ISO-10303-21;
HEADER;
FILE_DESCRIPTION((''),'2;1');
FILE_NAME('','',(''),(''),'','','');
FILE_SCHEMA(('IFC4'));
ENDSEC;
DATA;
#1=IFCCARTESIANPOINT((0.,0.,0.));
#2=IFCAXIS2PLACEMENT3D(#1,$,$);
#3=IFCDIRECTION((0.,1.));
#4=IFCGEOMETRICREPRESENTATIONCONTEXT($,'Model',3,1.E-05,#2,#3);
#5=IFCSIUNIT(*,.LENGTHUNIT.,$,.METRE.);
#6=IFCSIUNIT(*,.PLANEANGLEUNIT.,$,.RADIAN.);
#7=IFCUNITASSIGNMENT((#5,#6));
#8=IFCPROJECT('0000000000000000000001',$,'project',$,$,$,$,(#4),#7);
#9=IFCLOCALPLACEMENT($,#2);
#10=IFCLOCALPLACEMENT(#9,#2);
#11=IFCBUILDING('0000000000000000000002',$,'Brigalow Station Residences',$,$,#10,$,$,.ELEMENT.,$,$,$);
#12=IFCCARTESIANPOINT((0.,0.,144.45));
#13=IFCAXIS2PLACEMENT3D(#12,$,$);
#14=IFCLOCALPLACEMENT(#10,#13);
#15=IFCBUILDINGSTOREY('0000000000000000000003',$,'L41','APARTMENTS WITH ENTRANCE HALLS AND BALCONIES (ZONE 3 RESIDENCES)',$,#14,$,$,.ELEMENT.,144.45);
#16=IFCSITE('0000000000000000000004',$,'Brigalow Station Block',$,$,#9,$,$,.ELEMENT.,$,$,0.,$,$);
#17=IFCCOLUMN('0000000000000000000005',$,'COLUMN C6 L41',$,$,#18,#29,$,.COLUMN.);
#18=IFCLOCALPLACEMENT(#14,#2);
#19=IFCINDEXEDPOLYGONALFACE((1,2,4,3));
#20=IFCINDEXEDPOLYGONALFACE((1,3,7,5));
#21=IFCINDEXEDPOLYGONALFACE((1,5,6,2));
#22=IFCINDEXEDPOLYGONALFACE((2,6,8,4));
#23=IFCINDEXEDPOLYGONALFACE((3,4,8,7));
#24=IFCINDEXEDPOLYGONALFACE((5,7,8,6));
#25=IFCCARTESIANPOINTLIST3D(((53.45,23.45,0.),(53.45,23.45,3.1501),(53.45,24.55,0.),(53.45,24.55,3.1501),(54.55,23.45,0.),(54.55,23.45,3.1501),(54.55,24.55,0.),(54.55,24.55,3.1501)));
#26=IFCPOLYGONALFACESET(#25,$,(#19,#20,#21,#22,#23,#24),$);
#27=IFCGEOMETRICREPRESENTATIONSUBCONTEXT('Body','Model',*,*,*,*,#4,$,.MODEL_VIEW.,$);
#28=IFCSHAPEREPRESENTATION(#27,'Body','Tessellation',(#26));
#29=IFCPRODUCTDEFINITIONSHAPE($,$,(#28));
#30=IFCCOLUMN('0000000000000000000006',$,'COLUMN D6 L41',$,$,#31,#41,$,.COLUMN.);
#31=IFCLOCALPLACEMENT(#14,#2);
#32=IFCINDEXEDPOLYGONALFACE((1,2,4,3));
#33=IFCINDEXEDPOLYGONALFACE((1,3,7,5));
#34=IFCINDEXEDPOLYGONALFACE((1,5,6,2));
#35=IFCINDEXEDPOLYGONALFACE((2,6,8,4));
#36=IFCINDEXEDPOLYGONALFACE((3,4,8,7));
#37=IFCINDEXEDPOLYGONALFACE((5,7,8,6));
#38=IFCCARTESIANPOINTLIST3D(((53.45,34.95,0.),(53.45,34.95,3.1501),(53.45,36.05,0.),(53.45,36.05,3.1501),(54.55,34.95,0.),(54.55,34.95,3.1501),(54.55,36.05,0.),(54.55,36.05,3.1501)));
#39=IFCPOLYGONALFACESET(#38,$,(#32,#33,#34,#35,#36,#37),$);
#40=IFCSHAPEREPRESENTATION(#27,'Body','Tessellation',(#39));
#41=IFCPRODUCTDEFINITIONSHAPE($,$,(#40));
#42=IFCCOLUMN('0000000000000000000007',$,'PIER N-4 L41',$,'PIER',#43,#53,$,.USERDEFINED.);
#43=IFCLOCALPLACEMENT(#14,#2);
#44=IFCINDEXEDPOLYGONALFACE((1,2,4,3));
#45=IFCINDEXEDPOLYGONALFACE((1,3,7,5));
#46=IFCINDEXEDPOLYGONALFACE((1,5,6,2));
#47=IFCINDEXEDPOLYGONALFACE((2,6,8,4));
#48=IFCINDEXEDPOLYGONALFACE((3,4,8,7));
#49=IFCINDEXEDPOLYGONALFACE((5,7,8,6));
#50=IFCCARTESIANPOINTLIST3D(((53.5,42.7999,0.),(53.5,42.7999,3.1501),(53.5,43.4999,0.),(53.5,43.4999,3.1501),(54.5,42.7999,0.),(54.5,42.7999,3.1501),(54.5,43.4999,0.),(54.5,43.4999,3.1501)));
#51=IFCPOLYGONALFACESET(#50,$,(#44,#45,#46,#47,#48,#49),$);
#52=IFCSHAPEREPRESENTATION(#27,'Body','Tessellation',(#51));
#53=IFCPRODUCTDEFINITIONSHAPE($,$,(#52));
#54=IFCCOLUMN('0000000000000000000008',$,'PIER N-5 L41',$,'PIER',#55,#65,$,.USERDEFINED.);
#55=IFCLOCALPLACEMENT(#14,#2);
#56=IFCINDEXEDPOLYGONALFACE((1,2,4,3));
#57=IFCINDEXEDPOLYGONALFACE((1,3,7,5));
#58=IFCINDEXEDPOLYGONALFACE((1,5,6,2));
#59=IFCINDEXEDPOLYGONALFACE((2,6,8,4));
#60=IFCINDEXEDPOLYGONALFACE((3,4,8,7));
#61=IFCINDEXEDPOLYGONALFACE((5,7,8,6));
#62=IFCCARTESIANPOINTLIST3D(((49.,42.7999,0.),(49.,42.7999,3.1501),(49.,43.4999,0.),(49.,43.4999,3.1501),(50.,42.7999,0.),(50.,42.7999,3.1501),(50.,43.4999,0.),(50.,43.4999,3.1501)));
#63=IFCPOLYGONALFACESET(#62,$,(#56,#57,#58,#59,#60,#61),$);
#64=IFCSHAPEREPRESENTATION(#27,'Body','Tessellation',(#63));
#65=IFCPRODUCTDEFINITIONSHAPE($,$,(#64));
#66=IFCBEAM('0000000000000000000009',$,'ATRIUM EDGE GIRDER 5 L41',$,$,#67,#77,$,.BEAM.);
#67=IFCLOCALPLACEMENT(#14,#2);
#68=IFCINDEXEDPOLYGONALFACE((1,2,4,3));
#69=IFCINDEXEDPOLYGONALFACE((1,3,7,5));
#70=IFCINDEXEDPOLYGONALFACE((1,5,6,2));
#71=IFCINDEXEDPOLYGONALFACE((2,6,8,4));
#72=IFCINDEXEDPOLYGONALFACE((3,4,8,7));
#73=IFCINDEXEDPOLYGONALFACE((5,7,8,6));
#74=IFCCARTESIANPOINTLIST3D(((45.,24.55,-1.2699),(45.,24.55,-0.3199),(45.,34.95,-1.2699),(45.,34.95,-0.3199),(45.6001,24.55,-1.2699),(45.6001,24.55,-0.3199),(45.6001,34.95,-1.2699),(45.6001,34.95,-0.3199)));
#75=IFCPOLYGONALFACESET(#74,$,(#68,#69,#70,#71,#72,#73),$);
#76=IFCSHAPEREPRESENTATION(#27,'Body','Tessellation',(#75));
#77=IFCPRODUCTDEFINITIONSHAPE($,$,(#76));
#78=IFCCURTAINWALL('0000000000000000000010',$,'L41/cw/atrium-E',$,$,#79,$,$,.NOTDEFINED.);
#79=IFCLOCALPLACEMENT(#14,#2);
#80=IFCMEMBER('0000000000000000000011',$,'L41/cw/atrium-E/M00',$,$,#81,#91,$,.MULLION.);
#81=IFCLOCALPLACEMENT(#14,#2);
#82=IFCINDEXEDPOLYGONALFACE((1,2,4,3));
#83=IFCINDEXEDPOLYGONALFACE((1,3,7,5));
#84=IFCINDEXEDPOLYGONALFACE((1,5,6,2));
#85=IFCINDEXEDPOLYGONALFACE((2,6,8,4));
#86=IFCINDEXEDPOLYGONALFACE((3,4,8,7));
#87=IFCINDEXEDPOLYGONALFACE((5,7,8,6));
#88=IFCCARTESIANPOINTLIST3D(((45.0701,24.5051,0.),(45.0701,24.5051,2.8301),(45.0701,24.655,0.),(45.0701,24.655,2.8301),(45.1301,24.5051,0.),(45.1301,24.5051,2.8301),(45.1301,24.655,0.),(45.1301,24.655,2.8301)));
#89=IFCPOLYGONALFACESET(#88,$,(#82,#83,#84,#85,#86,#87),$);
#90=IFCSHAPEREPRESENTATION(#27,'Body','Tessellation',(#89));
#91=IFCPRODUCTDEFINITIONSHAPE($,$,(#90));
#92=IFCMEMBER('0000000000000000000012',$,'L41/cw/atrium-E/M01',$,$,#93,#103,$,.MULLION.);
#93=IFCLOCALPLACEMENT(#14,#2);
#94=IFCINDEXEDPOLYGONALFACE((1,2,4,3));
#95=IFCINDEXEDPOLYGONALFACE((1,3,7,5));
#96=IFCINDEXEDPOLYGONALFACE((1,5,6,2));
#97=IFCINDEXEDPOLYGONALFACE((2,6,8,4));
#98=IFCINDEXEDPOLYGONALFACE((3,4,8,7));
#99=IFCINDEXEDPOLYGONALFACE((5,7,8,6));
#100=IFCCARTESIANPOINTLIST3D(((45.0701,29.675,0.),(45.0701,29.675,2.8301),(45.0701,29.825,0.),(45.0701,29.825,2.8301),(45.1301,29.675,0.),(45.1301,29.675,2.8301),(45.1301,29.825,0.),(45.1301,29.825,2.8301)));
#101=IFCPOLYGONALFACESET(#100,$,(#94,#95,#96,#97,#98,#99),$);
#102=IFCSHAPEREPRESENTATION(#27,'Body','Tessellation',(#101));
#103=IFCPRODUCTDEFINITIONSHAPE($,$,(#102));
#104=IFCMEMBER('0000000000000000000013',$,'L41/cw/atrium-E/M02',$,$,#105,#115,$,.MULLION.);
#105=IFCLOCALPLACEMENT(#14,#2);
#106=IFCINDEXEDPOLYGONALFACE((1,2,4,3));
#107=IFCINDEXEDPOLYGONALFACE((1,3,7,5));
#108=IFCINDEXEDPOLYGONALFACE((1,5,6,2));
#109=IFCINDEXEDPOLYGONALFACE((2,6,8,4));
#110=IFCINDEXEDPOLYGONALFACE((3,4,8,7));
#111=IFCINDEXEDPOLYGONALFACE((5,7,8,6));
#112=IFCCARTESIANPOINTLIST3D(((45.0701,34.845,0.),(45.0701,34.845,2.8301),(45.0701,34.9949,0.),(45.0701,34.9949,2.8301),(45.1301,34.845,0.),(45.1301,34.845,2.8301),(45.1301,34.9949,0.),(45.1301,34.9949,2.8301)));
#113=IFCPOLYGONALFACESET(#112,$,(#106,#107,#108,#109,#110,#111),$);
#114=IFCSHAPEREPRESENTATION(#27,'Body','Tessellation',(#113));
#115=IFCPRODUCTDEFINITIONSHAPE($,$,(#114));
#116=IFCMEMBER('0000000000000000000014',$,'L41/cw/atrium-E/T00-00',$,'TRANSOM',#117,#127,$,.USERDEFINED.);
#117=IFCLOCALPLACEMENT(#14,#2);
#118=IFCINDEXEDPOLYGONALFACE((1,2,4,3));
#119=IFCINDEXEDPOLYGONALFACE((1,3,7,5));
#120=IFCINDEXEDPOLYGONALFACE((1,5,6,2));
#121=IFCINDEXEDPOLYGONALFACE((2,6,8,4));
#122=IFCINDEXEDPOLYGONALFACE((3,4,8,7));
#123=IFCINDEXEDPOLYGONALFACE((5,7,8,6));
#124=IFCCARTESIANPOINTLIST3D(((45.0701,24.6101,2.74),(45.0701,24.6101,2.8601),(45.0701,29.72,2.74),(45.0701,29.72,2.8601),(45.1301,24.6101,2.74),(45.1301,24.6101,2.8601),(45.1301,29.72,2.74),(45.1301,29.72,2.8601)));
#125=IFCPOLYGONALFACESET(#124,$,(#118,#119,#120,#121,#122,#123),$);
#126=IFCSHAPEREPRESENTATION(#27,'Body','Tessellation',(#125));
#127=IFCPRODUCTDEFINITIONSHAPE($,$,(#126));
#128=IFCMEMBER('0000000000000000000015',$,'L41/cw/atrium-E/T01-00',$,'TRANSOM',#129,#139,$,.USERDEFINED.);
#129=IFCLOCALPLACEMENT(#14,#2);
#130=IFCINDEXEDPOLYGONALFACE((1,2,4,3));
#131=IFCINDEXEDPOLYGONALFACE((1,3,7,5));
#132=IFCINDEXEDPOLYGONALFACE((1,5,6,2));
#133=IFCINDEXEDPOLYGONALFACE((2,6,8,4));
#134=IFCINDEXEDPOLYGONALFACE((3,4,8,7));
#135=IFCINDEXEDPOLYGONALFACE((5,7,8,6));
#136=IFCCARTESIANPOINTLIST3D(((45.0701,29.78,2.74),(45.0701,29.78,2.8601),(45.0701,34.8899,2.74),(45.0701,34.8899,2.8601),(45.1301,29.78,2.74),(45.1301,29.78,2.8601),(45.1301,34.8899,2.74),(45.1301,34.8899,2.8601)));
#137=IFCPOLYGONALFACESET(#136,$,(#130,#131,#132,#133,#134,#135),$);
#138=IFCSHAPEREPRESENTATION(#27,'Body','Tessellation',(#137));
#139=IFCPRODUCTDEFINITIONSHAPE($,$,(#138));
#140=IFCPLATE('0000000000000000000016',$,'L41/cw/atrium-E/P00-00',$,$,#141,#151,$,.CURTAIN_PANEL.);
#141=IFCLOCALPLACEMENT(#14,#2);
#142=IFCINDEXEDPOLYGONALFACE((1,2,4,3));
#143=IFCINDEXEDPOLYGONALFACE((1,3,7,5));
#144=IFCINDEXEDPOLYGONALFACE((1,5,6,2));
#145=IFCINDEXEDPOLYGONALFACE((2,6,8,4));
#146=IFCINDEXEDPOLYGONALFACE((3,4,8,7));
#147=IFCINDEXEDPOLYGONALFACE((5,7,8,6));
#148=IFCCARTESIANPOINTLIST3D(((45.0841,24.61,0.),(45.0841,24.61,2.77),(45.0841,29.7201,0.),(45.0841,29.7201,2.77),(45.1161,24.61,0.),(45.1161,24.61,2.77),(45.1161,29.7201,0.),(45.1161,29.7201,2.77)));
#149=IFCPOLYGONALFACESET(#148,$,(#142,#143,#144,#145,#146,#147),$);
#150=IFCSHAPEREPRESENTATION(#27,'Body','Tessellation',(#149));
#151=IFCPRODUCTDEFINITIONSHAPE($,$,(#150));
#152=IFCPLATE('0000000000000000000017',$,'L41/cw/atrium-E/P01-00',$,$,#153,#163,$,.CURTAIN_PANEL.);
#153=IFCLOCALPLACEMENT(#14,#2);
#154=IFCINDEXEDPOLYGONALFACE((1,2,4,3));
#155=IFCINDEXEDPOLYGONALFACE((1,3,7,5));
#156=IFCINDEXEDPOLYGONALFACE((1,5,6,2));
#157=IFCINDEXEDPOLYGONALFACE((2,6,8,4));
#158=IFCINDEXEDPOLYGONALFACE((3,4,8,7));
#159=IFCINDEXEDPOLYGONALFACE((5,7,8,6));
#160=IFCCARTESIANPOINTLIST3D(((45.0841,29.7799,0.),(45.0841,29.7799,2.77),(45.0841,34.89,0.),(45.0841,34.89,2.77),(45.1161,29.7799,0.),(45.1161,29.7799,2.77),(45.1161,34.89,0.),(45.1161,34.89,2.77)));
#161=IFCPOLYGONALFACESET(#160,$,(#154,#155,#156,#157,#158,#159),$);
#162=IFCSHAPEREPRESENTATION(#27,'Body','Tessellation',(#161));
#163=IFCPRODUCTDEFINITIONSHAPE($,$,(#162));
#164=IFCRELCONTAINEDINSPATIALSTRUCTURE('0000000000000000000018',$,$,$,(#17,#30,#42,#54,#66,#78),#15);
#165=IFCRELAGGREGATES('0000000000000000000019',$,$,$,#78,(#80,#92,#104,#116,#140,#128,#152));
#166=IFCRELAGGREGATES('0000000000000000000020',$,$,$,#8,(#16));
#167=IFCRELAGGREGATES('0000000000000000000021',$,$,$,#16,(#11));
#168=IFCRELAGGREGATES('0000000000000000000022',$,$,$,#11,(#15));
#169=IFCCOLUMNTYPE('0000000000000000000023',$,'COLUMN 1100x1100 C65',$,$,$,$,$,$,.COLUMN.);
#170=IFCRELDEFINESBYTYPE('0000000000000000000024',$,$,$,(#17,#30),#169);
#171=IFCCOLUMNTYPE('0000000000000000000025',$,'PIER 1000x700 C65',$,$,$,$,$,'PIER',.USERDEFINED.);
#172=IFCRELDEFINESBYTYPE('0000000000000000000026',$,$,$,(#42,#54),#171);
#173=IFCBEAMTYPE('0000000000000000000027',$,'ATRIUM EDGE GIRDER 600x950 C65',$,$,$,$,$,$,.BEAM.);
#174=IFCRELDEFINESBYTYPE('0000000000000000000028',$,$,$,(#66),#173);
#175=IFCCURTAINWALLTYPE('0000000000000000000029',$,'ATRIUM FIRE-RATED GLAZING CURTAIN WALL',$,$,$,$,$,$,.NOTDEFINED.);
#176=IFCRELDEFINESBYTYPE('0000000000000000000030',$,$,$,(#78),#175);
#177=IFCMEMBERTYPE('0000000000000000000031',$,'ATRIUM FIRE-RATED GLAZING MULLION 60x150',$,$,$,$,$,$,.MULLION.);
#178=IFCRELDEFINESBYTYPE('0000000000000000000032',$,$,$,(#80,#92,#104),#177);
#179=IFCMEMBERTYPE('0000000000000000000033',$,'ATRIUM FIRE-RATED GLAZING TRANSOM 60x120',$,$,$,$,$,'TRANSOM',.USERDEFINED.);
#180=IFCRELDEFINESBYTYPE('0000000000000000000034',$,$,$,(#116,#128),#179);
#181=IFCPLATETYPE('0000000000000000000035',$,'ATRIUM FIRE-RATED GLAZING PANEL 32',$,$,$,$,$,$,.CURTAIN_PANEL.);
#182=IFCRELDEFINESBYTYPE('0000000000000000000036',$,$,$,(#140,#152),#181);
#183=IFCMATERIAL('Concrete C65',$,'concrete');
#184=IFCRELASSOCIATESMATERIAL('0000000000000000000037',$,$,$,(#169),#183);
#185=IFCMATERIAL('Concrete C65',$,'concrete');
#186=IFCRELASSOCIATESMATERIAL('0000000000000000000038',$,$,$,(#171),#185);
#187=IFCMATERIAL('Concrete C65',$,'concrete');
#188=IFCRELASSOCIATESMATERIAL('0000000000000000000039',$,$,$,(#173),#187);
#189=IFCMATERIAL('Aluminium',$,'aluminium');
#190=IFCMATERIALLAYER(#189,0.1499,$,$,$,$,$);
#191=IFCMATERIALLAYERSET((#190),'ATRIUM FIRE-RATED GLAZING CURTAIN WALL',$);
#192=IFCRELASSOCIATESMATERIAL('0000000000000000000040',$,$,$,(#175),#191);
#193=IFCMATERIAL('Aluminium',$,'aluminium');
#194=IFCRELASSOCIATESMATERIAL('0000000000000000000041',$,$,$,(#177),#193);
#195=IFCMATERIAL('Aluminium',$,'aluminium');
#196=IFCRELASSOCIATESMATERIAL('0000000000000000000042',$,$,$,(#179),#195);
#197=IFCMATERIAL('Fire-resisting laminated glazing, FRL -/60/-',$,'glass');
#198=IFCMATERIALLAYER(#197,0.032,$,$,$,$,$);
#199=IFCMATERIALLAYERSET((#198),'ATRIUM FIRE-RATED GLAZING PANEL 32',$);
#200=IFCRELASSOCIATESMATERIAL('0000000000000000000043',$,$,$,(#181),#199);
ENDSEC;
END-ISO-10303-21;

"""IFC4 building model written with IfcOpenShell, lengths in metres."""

from ifc_helpers import new_model, si_unit, direction, frame, origin, origin_2d, place, context, subcontext, project, spatial, rectangle, extrude, material, layer, layer_set, material_profile, profile_set, type_object, element, aggregate, save


model = new_model("IFC4")

# Units and contexts
model_context = context("Model", 3, precision=1e-05, world=origin(), true_north=direction((0.0, 1.0)))
body_context = subcontext(model_context, "Body", "Model", "MODEL_VIEW")
ifc_project = project(units=[si_unit("LENGTHUNIT", "METRE"), si_unit("PLANEANGLEUNIT", "RADIAN")], contexts=[model_context])

# Site, building, storey
site_placement = place(None, origin())
site = spatial("IfcSite", under=ifc_project, at=site_placement, Name="Brigalow Station Block", CompositionType="ELEMENT", RefElevation=0.0)
building_placement = place(site_placement, origin())
building = spatial("IfcBuilding", under=site, at=building_placement, Name="Brigalow Station Residences", CompositionType="ELEMENT")
storey_placement = place(building_placement, frame((0.0, 0.0, 144.45)))
storey = spatial("IfcBuildingStorey", under=building, at=storey_placement, Name="L41", Description="APARTMENTS WITH ENTRANCE HALLS AND BALCONIES (ZONE 3 RESIDENCES)", CompositionType="ELEMENT", Elevation=144.45)

# Columns
ifc_material_1 = material(Name="Concrete C65", Category="concrete")
ifc_material_profile_1 = material_profile(ifc_material_1, rectangle(XDim=1.1001, YDim=1.1001, at=origin_2d()), Name="RC1100x1100")
ifc_profile_set_1 = profile_set([ifc_material_profile_1], Name="Concrete C65")
column_type_1 = type_object("IfcColumnType", Name="COLUMN 1100x1100 C65", PredefinedType="COLUMN", material=ifc_profile_set_1)
for number, where, z_axis, x_axis, name in (
    (1, (54.0, 24.0, 0.0), (0.0, 0.0, 1.0), (1.0, 0.0, 0.0), "COLUMN C6 L41"),
    (2, (54.0, 35.5, 0.0), (0.0, 0.0, 1.0), (1.0, 0.0, 0.0), "COLUMN D6 L41"),
):
    element("IfcColumn", number, at=place(storey_placement, frame(where, z_axis=z_axis, x_axis=x_axis)), inside=storey, type_object=column_type_1, Name=name, PredefinedType="COLUMN", context=body_context, shape_type="SweptSolid", body=[
        extrude(rectangle(XDim=1.1001, YDim=1.1001, at=origin_2d()), origin(), (0.0, 0.0, 1.0), 3.1501),
    ])
ifc_material_2 = material(Name="Concrete C65", Category="concrete")
ifc_material_profile_2 = material_profile(ifc_material_2, rectangle(XDim=1.0, YDim=0.7, at=origin_2d()), Name="RC1000x700")
ifc_profile_set_2 = profile_set([ifc_material_profile_2], Name="Concrete C65")
column_type_2 = type_object("IfcColumnType", Name="PIER 1000x700 C65", ElementType="PIER", PredefinedType="USERDEFINED", material=ifc_profile_set_2)
for number, where, z_axis, x_axis, name in (
    (3, (54.0, 43.1499, 0.0), (0.0, 0.0, 1.0), (-1.0, 0.0, 0.0), "PIER N-4 L41"),
    (4, (49.5, 43.1499, 0.0), (0.0, 0.0, 1.0), (-1.0, 0.0, 0.0), "PIER N-5 L41"),
):
    element("IfcColumn", number, at=place(storey_placement, frame(where, z_axis=z_axis, x_axis=x_axis)), inside=storey, type_object=column_type_2, Name=name, ObjectType="PIER", PredefinedType="USERDEFINED", context=body_context, shape_type="SweptSolid", body=[
        extrude(rectangle(XDim=1.0, YDim=0.7, at=origin_2d()), origin(), (0.0, 0.0, 1.0), 3.1501),
    ])

# Beam
ifc_material_3 = material(Name="Concrete C65", Category="concrete")
ifc_material_profile_3 = material_profile(ifc_material_3, rectangle(XDim=0.6001, YDim=0.95, at=origin_2d()), Name="RC600x950")
ifc_profile_set_3 = profile_set([ifc_material_profile_3], Name="Concrete C65")
beam_type = type_object("IfcBeamType", Name="ATRIUM EDGE GIRDER 600x950 C65", PredefinedType="BEAM", material=ifc_profile_set_3)
beam_placement = place(storey_placement, frame((45.3, 24.55, -0.7949), z_axis=(0.0, 1.0, 0.0), x_axis=(-1.0, 0.0, 0.0)))
element("IfcBeam", 5, at=beam_placement, inside=storey, type_object=beam_type, Name="ATRIUM EDGE GIRDER 5 L41", PredefinedType="BEAM", context=body_context, shape_type="SweptSolid", body=[
    extrude(rectangle(XDim=0.6001, YDim=0.95, at=origin_2d()), origin(), (0.0, 0.0, 1.0), 10.3999),
])

# Curtain wall, members, plates
ifc_material_4 = material(Name="Aluminium", Category="aluminium")
ifc_layer_1 = layer(ifc_material_4, 0.1499)
ifc_layer_set_1 = layer_set([ifc_layer_1], Name="ATRIUM FIRE-RATED GLAZING CURTAIN WALL")
curtain_wall_type = type_object("IfcCurtainWallType", Name="ATRIUM FIRE-RATED GLAZING CURTAIN WALL", PredefinedType="NOTDEFINED", material=ifc_layer_set_1)
curtain_wall_placement = place(storey_placement, origin())
curtain_wall = element("IfcCurtainWall", 6, at=curtain_wall_placement, inside=storey, type_object=curtain_wall_type, Name="L41/cw/atrium-E", PredefinedType="NOTDEFINED")
ifc_material_5 = material(Name="Aluminium", Category="aluminium")
ifc_material_profile_4 = material_profile(ifc_material_5, rectangle(XDim=0.0601, YDim=0.1499, at=origin_2d()), Name="ATRIUM FIRE-RATED GLAZING MULLION 60x150")
ifc_profile_set_4 = profile_set([ifc_material_profile_4], Name="Aluminium")
member_type_1 = type_object("IfcMemberType", Name="ATRIUM FIRE-RATED GLAZING MULLION 60x150", PredefinedType="MULLION", material=ifc_profile_set_4)
member_1_placement = place(storey_placement, frame((45.1001, 24.5801, 0.0), z_axis=(0.0, 0.0, 1.0), x_axis=(-1.0, 0.0, 0.0)))
member_1 = element("IfcMember", 7, at=member_1_placement, type_object=member_type_1, Name="L41/cw/atrium-E/M00", PredefinedType="MULLION", context=body_context, shape_type="SweptSolid", body=[
    extrude(rectangle(XDim=0.0601, YDim=0.1499, at=origin_2d()), origin(), (0.0, 0.0, 1.0), 2.8301),
])
member_2_placement = place(storey_placement, frame((45.1001, 29.75, 0.0), z_axis=(0.0, 0.0, 1.0), x_axis=(-1.0, 0.0, 0.0)))
member_2 = element("IfcMember", 8, at=member_2_placement, type_object=member_type_1, Name="L41/cw/atrium-E/M01", PredefinedType="MULLION", context=body_context, shape_type="SweptSolid", body=[
    extrude(rectangle(XDim=0.0601, YDim=0.1499, at=origin_2d()), origin(), (0.0, 0.0, 1.0), 2.8301),
])
member_3_placement = place(storey_placement, frame((45.1001, 34.9199, 0.0), z_axis=(0.0, 0.0, 1.0), x_axis=(-1.0, 0.0, 0.0)))
member_3 = element("IfcMember", 9, at=member_3_placement, type_object=member_type_1, Name="L41/cw/atrium-E/M02", PredefinedType="MULLION", context=body_context, shape_type="SweptSolid", body=[
    extrude(rectangle(XDim=0.0601, YDim=0.1499, at=origin_2d()), origin(), (0.0, 0.0, 1.0), 2.8301),
])
ifc_material_6 = material(Name="Aluminium", Category="aluminium")
ifc_material_profile_5 = material_profile(ifc_material_6, rectangle(XDim=0.0601, YDim=0.1201, at=origin_2d()), Name="ATRIUM FIRE-RATED GLAZING TRANSOM 60x120")
ifc_profile_set_5 = profile_set([ifc_material_profile_5], Name="Aluminium")
member_type_2 = type_object("IfcMemberType", Name="ATRIUM FIRE-RATED GLAZING TRANSOM 60x120", ElementType="TRANSOM", PredefinedType="USERDEFINED", material=ifc_profile_set_5)
member_4_placement = place(storey_placement, frame((45.1001, 24.6101, 2.8), z_axis=(0.0, 1.0, 0.0), x_axis=(-1.0, 0.0, 0.0)))
member_4 = element("IfcMember", 10, at=member_4_placement, type_object=member_type_2, Name="L41/cw/atrium-E/T00-00", ObjectType="TRANSOM", PredefinedType="USERDEFINED", context=body_context, shape_type="SweptSolid", body=[
    extrude(rectangle(XDim=0.0601, YDim=0.1201, at=origin_2d()), origin(), (0.0, 0.0, 1.0), 5.1099),
])
member_5_placement = place(storey_placement, frame((45.1001, 29.78, 2.8), z_axis=(0.0, 1.0, 0.0), x_axis=(-1.0, 0.0, 0.0)))
member_5 = element("IfcMember", 11, at=member_5_placement, type_object=member_type_2, Name="L41/cw/atrium-E/T01-00", ObjectType="TRANSOM", PredefinedType="USERDEFINED", context=body_context, shape_type="SweptSolid", body=[
    extrude(rectangle(XDim=0.0601, YDim=0.1201, at=origin_2d()), origin(), (0.0, 0.0, 1.0), 5.1099),
])
ifc_material_7 = material(Name="Fire-resisting laminated glazing, FRL -/60/-", Category="glass")
ifc_layer_2 = layer(ifc_material_7, 0.032)
ifc_layer_set_2 = layer_set([ifc_layer_2], Name="ATRIUM FIRE-RATED GLAZING PANEL 32")
plate_type = type_object("IfcPlateType", Name="ATRIUM FIRE-RATED GLAZING PANEL 32", PredefinedType="CURTAIN_PANEL", material=ifc_layer_set_2)
plate_1_placement = place(storey_placement, frame((45.1001, 27.165, 0.0), z_axis=(0.0, 0.0, 1.0), x_axis=(0.0, 1.0, 0.0)))
plate_1 = element("IfcPlate", 12, at=plate_1_placement, type_object=plate_type, Name="L41/cw/atrium-E/P00-00", PredefinedType="CURTAIN_PANEL", context=body_context, shape_type="SweptSolid", body=[
    extrude(rectangle(XDim=5.1101, YDim=0.032, at=origin_2d()), origin(), (0.0, 0.0, 1.0), 2.77),
])
plate_2_placement = place(storey_placement, frame((45.1001, 32.335, 0.0), z_axis=(0.0, 0.0, 1.0), x_axis=(0.0, 1.0, 0.0)))
plate_2 = element("IfcPlate", 13, at=plate_2_placement, type_object=plate_type, Name="L41/cw/atrium-E/P01-00", PredefinedType="CURTAIN_PANEL", context=body_context, shape_type="SweptSolid", body=[
    extrude(rectangle(XDim=5.1101, YDim=0.032, at=origin_2d()), origin(), (0.0, 0.0, 1.0), 2.77),
])
aggregate(curtain_wall, [member_1, member_2, member_3, member_4, plate_1, member_5, plate_2])

save(model, "model.ifc")
